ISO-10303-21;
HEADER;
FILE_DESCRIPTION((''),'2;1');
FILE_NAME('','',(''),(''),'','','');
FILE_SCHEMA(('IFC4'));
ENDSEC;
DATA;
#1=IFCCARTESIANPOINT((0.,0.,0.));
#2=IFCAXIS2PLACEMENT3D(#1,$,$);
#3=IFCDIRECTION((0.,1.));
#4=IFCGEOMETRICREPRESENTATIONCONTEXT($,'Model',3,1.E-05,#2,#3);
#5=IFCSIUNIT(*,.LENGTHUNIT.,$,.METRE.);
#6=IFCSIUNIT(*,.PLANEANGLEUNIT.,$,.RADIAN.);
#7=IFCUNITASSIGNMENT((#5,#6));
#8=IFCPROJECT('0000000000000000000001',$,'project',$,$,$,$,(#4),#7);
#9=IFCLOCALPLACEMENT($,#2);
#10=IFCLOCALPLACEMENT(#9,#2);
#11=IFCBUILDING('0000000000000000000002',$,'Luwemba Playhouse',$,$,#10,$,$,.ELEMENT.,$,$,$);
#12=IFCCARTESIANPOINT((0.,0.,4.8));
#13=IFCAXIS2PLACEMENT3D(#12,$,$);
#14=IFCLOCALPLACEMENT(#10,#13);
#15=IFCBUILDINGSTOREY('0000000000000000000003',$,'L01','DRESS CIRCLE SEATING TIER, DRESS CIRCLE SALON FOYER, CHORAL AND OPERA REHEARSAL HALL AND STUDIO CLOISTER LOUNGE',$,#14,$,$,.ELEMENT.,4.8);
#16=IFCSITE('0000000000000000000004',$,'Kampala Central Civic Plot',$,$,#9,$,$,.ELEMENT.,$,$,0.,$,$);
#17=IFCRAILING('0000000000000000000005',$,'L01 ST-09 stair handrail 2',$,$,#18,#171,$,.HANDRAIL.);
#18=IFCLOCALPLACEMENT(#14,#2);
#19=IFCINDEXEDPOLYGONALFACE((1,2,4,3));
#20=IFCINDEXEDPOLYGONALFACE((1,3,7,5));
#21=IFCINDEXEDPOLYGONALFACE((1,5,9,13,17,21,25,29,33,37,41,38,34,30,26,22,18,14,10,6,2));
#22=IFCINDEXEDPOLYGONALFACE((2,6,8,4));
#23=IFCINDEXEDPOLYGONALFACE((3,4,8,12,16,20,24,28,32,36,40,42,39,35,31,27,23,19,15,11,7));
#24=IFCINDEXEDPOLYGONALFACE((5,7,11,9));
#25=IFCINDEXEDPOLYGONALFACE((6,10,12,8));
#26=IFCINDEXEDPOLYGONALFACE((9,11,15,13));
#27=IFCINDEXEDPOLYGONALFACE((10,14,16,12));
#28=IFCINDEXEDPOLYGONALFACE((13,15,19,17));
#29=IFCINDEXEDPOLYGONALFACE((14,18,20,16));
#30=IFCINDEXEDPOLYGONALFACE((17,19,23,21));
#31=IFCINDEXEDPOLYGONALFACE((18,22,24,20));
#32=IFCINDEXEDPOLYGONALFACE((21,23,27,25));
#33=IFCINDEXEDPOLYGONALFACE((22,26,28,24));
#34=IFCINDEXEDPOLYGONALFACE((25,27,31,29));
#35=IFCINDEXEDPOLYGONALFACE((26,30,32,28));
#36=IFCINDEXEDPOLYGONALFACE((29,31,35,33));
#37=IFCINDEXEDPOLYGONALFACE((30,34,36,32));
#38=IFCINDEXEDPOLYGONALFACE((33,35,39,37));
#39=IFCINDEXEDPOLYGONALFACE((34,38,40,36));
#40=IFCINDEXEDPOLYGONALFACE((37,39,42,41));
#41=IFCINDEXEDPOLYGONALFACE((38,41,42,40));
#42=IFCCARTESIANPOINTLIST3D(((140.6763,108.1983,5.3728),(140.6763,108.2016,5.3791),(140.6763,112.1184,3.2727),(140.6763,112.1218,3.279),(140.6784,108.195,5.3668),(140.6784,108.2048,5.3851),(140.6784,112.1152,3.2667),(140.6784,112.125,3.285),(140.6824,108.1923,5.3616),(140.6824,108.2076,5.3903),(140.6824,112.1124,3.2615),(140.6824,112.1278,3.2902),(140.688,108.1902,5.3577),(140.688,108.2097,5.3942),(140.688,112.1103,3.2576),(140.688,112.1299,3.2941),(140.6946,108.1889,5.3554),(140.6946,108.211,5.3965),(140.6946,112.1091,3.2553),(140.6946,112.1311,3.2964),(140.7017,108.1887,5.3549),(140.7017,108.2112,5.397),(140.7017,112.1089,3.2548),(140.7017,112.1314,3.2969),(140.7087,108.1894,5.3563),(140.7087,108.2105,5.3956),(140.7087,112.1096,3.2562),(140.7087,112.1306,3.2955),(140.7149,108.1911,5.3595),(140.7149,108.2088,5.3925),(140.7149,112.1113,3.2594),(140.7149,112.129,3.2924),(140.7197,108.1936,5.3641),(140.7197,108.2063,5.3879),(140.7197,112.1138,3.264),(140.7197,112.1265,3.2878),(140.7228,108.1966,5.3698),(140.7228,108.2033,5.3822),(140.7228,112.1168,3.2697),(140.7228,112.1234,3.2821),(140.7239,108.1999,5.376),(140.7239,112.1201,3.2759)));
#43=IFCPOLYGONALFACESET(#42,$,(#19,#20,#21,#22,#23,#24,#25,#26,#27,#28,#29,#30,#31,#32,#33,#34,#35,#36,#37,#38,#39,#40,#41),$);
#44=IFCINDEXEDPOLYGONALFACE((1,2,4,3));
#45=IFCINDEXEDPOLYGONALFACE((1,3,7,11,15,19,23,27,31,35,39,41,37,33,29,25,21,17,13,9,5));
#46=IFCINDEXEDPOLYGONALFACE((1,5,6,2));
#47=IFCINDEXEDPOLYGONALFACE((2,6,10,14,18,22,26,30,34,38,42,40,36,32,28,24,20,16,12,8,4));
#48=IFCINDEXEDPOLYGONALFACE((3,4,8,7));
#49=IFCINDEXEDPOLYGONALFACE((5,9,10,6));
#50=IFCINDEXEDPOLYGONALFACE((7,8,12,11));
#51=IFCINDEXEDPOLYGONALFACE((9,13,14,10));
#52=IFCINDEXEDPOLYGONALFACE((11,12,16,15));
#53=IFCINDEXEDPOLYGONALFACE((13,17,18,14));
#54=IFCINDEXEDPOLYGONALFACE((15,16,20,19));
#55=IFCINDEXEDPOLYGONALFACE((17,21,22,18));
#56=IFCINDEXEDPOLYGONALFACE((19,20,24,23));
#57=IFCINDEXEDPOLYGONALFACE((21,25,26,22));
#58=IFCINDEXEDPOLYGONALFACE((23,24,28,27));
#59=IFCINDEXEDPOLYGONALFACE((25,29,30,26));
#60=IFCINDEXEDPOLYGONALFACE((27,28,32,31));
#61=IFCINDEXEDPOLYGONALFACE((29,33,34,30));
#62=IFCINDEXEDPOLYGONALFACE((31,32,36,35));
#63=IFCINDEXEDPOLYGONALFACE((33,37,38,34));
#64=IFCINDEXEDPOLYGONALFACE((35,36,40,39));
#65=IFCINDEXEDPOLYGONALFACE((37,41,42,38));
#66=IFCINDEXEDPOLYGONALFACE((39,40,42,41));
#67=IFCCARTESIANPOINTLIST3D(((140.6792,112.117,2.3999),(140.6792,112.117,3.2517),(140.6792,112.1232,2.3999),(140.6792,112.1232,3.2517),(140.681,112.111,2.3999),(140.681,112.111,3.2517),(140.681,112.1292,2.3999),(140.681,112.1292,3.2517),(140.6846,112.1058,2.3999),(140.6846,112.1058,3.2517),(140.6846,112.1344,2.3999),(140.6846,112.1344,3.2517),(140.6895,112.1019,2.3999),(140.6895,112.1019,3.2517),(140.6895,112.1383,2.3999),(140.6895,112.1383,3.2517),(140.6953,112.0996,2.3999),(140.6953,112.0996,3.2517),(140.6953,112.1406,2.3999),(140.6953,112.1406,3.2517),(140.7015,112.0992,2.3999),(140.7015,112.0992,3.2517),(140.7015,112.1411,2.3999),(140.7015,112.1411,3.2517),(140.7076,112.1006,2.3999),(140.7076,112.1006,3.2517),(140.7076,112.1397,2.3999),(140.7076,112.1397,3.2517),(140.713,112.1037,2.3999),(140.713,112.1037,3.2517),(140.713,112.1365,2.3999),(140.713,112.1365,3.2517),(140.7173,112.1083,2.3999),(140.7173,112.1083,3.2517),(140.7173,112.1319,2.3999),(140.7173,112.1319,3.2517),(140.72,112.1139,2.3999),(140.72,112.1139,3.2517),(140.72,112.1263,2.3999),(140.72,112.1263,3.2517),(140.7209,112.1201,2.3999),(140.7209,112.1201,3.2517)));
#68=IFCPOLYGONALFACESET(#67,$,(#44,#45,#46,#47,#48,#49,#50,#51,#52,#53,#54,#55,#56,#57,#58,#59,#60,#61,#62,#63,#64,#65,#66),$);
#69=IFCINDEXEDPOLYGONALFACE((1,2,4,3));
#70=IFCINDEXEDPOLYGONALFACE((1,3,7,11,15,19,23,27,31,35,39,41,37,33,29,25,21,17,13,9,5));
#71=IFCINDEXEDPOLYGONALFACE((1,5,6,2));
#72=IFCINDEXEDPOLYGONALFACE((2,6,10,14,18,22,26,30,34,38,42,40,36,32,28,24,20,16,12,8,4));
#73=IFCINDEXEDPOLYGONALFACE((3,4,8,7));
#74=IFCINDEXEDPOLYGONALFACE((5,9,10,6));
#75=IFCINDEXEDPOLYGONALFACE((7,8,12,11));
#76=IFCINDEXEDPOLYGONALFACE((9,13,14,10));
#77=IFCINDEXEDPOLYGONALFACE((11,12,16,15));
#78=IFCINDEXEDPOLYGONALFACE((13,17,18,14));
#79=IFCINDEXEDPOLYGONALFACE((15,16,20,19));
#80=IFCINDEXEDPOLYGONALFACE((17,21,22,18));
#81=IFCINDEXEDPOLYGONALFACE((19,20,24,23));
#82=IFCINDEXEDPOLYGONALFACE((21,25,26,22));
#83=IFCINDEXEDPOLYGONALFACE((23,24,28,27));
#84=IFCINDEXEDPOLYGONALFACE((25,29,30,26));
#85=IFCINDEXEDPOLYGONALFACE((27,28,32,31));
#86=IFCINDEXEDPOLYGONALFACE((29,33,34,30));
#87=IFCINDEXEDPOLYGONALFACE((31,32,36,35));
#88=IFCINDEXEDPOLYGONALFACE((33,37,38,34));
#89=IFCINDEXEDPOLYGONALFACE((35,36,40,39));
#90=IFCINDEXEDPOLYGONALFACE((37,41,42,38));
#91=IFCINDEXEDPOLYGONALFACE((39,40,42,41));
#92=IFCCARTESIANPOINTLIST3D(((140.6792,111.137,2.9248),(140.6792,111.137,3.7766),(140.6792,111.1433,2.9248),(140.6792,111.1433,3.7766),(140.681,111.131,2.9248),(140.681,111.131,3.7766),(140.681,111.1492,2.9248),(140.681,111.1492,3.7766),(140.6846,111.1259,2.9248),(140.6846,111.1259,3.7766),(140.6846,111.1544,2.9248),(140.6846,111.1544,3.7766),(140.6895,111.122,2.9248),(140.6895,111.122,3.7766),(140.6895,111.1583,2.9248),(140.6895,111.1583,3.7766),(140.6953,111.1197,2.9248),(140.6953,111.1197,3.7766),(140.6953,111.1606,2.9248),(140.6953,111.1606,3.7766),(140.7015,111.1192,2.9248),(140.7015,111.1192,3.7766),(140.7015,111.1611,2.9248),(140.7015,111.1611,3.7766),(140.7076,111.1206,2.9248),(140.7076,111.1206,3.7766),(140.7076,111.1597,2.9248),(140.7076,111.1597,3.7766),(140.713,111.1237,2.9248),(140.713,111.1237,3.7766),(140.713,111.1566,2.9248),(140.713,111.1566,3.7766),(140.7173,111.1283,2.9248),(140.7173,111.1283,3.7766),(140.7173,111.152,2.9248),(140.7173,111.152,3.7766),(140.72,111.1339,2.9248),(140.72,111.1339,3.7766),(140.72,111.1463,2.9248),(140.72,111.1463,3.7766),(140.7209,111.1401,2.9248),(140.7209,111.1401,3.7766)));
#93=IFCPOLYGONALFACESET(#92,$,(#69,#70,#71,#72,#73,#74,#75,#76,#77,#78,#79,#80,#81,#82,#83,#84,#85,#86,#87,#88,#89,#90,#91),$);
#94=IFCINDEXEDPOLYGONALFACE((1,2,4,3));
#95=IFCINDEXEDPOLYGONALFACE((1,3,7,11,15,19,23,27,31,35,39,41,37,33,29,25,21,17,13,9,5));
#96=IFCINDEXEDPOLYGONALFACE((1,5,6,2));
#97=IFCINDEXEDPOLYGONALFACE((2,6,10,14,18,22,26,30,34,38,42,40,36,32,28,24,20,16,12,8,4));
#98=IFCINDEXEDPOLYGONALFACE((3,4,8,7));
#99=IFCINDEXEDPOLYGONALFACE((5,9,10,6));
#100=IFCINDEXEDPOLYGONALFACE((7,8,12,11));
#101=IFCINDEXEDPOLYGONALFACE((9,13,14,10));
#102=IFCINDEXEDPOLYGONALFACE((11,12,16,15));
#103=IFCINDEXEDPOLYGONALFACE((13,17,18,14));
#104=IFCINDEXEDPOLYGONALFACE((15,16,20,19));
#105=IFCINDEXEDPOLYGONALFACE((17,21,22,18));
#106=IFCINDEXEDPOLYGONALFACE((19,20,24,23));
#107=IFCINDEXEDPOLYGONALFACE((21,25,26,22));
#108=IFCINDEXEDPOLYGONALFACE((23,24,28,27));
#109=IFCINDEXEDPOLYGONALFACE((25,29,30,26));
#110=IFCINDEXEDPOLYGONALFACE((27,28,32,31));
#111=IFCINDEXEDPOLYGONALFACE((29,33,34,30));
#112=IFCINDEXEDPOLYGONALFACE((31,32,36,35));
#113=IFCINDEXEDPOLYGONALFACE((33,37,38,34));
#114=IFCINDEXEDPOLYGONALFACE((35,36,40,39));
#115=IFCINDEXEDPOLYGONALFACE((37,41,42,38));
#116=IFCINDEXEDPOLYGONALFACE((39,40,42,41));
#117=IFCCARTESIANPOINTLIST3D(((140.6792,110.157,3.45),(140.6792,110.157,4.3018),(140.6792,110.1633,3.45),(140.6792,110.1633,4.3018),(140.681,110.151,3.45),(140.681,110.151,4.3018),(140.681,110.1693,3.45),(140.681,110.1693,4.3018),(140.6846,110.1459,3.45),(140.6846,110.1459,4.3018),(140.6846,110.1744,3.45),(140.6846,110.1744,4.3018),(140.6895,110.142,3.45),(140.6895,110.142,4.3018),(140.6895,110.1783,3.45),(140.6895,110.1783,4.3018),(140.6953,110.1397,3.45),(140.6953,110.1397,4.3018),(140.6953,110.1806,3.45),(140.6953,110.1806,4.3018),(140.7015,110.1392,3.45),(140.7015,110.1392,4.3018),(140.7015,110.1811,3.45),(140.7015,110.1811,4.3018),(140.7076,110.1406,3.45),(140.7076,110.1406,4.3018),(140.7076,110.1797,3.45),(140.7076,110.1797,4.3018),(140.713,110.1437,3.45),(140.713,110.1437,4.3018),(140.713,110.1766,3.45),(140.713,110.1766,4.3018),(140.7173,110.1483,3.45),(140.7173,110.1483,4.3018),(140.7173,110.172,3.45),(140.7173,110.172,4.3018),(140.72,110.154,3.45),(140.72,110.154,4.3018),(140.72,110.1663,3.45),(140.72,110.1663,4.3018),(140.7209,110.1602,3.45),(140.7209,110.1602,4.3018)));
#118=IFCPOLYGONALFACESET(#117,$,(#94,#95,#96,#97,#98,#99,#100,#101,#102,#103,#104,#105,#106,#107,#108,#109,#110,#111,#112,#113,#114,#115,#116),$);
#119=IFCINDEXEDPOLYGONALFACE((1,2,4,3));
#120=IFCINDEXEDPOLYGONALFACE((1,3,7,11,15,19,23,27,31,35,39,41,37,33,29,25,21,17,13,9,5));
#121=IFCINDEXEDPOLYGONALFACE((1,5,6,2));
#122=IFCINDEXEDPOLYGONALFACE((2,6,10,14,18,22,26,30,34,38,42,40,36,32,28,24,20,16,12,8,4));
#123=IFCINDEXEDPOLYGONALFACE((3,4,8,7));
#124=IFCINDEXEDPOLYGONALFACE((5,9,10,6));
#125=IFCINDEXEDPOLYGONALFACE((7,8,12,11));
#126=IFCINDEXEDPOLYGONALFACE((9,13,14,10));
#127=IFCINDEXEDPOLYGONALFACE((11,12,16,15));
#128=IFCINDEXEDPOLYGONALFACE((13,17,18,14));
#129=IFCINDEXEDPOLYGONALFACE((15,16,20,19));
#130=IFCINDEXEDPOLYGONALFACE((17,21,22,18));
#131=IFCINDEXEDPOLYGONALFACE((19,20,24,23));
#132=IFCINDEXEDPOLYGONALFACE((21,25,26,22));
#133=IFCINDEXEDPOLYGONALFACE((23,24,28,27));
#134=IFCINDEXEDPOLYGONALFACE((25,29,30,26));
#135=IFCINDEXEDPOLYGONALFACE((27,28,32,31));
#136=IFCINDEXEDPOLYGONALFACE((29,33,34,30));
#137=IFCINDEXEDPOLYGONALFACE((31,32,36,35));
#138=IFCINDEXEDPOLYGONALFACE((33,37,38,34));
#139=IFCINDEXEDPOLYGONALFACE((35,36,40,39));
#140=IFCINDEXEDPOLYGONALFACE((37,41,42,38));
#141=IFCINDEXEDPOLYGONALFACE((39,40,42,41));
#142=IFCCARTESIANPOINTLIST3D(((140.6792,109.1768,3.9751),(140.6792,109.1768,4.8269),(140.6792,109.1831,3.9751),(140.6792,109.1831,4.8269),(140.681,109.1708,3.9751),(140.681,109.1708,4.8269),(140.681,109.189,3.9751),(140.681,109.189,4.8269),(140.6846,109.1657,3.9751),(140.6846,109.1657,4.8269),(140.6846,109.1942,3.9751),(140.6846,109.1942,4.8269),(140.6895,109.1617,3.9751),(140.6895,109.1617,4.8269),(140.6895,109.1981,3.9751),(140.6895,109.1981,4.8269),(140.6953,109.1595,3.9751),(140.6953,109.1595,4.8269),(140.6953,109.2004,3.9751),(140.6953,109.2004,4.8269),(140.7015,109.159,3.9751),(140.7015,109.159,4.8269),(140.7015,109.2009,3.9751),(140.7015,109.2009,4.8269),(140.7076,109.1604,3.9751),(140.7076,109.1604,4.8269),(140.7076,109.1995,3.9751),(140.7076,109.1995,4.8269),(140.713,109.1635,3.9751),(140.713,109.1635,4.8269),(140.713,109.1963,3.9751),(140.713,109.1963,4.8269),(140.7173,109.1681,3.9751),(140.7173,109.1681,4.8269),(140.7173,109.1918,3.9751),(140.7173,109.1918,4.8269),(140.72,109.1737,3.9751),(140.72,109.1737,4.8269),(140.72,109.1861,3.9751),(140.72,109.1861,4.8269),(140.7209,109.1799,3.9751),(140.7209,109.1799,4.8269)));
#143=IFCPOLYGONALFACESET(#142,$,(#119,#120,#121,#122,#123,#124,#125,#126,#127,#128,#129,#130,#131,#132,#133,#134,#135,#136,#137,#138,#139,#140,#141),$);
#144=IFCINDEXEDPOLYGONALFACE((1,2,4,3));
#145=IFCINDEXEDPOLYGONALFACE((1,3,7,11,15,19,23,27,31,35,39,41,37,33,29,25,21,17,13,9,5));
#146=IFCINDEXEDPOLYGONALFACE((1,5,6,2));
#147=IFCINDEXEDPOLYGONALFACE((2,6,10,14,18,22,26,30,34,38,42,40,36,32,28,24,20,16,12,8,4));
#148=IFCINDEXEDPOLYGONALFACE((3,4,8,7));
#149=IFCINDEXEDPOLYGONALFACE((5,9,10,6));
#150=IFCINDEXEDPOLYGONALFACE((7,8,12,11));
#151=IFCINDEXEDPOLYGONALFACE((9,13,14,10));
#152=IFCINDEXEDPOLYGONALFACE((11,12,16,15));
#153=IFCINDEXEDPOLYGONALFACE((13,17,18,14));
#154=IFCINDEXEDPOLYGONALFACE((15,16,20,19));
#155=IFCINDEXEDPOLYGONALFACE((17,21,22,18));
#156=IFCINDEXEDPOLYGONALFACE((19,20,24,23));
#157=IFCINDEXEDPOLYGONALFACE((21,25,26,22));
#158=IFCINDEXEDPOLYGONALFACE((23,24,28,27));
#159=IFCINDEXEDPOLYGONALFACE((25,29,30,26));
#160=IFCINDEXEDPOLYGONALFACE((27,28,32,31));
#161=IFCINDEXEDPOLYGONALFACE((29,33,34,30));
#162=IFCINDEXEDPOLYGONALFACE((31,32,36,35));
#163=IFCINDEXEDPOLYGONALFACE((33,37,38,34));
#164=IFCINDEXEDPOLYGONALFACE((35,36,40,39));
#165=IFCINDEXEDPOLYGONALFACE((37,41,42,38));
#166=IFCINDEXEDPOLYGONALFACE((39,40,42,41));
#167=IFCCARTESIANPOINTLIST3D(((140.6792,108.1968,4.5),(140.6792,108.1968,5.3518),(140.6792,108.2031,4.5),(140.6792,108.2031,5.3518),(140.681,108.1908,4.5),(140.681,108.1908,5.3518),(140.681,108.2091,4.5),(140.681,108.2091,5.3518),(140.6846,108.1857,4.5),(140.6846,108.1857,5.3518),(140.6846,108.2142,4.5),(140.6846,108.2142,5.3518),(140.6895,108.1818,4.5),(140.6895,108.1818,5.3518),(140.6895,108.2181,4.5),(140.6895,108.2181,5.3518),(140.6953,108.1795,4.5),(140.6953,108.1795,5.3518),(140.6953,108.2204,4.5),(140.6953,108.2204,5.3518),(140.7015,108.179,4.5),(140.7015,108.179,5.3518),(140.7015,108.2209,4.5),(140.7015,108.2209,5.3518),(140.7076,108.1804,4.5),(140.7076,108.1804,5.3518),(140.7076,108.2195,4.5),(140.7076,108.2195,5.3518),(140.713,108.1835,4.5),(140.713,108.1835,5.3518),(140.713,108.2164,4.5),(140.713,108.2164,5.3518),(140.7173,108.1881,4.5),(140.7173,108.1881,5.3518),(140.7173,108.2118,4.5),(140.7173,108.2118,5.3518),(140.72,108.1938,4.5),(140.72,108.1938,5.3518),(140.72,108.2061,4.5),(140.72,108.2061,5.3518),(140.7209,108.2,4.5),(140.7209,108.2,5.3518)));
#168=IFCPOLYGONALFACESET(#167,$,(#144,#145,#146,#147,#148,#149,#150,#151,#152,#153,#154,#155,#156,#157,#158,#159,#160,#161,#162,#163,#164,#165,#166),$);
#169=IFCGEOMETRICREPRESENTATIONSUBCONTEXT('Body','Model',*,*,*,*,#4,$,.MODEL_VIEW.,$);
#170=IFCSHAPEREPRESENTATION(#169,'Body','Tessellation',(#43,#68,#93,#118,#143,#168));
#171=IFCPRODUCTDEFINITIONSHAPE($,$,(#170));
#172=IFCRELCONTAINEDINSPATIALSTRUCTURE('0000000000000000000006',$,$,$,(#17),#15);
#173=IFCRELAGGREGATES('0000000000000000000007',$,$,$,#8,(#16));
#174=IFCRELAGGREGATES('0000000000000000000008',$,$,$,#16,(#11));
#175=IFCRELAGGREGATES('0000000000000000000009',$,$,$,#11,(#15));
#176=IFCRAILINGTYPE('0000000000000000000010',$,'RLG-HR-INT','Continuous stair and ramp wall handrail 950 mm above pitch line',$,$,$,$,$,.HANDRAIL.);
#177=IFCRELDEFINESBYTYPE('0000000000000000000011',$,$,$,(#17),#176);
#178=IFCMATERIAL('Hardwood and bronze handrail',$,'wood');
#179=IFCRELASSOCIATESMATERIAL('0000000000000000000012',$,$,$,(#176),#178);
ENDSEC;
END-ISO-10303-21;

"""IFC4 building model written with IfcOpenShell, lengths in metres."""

from ifc_helpers import new_model, si_unit, direction, frame, origin, origin_2d, place, context, subcontext, project, spatial, circle, extrude, material, type_object, element, save


model = new_model("IFC4")

# Units and contexts
model_context = context("Model", 3, precision=1e-05, world=origin(), true_north=direction((0.0, 1.0)))
body_context = subcontext(model_context, "Body", "Model", "MODEL_VIEW")
ifc_project = project(units=[si_unit("LENGTHUNIT", "METRE"), si_unit("PLANEANGLEUNIT", "RADIAN")], contexts=[model_context])

# Site, building, storey
site_placement = place(None, origin())
site = spatial("IfcSite", under=ifc_project, at=site_placement, Name="Kampala Central Civic Plot", CompositionType="ELEMENT", RefElevation=0.0)
building_placement = place(site_placement, origin())
building = spatial("IfcBuilding", under=site, at=building_placement, Name="Luwemba Playhouse", CompositionType="ELEMENT")
storey_placement = place(building_placement, frame((0.0, 0.0, 4.8)))
storey = spatial("IfcBuildingStorey", under=building, at=storey_placement, Name="L01", Description="DRESS CIRCLE SEATING TIER, DRESS CIRCLE SALON FOYER, CHORAL AND OPERA REHEARSAL HALL AND STUDIO CLOISTER LOUNGE", CompositionType="ELEMENT", Elevation=4.8)

# Railing
ifc_material_1 = material(Name="Hardwood and bronze handrail", Category="wood")
railing_type_1 = type_object("IfcRailingType", Name="RLG-HR-INT", Description="Continuous stair and ramp wall handrail 950 mm above pitch line", PredefinedType="HANDRAIL", material=ifc_material_1)
railing_1_placement = place(storey_placement, frame((140.7, 112.1201, 2.3999)))
element("IfcRailing", 1, at=railing_1_placement, inside=storey, type_object=railing_type_1, Name="L01 ST-09 stair handrail 2", PredefinedType="HANDRAIL", context=body_context, shape_type="SweptSolid", body=[
    extrude(circle(Radius=0.0239, at=origin_2d()), frame((0.0, 0.0, 0.876), z_axis=(0.0, -0.881479, 0.472223), x_axis=(1.0, 0.0, 0.0)), (0.0, 0.0, 1.0), 4.4473),
    extrude(circle(Radius=0.021, at=origin_2d()), origin(), (0.0, 0.0, 1.0), 0.8518),
    extrude(circle(Radius=0.021, at=origin_2d()), frame((0.0, -0.98, 0.5249)), (0.0, 0.0, 1.0), 0.8518),
    extrude(circle(Radius=0.021, at=origin_2d()), frame((0.0, -1.96, 1.05)), (0.0, 0.0, 1.0), 0.8518),
    extrude(circle(Radius=0.021, at=origin_2d()), frame((0.0, -2.9402, 1.5752)), (0.0, 0.0, 1.0), 0.8518),
    extrude(circle(Radius=0.021, at=origin_2d()), frame((0.0, -3.9202, 2.1001)), (0.0, 0.0, 1.0), 0.8518),
])

save(model, "model.ifc")
